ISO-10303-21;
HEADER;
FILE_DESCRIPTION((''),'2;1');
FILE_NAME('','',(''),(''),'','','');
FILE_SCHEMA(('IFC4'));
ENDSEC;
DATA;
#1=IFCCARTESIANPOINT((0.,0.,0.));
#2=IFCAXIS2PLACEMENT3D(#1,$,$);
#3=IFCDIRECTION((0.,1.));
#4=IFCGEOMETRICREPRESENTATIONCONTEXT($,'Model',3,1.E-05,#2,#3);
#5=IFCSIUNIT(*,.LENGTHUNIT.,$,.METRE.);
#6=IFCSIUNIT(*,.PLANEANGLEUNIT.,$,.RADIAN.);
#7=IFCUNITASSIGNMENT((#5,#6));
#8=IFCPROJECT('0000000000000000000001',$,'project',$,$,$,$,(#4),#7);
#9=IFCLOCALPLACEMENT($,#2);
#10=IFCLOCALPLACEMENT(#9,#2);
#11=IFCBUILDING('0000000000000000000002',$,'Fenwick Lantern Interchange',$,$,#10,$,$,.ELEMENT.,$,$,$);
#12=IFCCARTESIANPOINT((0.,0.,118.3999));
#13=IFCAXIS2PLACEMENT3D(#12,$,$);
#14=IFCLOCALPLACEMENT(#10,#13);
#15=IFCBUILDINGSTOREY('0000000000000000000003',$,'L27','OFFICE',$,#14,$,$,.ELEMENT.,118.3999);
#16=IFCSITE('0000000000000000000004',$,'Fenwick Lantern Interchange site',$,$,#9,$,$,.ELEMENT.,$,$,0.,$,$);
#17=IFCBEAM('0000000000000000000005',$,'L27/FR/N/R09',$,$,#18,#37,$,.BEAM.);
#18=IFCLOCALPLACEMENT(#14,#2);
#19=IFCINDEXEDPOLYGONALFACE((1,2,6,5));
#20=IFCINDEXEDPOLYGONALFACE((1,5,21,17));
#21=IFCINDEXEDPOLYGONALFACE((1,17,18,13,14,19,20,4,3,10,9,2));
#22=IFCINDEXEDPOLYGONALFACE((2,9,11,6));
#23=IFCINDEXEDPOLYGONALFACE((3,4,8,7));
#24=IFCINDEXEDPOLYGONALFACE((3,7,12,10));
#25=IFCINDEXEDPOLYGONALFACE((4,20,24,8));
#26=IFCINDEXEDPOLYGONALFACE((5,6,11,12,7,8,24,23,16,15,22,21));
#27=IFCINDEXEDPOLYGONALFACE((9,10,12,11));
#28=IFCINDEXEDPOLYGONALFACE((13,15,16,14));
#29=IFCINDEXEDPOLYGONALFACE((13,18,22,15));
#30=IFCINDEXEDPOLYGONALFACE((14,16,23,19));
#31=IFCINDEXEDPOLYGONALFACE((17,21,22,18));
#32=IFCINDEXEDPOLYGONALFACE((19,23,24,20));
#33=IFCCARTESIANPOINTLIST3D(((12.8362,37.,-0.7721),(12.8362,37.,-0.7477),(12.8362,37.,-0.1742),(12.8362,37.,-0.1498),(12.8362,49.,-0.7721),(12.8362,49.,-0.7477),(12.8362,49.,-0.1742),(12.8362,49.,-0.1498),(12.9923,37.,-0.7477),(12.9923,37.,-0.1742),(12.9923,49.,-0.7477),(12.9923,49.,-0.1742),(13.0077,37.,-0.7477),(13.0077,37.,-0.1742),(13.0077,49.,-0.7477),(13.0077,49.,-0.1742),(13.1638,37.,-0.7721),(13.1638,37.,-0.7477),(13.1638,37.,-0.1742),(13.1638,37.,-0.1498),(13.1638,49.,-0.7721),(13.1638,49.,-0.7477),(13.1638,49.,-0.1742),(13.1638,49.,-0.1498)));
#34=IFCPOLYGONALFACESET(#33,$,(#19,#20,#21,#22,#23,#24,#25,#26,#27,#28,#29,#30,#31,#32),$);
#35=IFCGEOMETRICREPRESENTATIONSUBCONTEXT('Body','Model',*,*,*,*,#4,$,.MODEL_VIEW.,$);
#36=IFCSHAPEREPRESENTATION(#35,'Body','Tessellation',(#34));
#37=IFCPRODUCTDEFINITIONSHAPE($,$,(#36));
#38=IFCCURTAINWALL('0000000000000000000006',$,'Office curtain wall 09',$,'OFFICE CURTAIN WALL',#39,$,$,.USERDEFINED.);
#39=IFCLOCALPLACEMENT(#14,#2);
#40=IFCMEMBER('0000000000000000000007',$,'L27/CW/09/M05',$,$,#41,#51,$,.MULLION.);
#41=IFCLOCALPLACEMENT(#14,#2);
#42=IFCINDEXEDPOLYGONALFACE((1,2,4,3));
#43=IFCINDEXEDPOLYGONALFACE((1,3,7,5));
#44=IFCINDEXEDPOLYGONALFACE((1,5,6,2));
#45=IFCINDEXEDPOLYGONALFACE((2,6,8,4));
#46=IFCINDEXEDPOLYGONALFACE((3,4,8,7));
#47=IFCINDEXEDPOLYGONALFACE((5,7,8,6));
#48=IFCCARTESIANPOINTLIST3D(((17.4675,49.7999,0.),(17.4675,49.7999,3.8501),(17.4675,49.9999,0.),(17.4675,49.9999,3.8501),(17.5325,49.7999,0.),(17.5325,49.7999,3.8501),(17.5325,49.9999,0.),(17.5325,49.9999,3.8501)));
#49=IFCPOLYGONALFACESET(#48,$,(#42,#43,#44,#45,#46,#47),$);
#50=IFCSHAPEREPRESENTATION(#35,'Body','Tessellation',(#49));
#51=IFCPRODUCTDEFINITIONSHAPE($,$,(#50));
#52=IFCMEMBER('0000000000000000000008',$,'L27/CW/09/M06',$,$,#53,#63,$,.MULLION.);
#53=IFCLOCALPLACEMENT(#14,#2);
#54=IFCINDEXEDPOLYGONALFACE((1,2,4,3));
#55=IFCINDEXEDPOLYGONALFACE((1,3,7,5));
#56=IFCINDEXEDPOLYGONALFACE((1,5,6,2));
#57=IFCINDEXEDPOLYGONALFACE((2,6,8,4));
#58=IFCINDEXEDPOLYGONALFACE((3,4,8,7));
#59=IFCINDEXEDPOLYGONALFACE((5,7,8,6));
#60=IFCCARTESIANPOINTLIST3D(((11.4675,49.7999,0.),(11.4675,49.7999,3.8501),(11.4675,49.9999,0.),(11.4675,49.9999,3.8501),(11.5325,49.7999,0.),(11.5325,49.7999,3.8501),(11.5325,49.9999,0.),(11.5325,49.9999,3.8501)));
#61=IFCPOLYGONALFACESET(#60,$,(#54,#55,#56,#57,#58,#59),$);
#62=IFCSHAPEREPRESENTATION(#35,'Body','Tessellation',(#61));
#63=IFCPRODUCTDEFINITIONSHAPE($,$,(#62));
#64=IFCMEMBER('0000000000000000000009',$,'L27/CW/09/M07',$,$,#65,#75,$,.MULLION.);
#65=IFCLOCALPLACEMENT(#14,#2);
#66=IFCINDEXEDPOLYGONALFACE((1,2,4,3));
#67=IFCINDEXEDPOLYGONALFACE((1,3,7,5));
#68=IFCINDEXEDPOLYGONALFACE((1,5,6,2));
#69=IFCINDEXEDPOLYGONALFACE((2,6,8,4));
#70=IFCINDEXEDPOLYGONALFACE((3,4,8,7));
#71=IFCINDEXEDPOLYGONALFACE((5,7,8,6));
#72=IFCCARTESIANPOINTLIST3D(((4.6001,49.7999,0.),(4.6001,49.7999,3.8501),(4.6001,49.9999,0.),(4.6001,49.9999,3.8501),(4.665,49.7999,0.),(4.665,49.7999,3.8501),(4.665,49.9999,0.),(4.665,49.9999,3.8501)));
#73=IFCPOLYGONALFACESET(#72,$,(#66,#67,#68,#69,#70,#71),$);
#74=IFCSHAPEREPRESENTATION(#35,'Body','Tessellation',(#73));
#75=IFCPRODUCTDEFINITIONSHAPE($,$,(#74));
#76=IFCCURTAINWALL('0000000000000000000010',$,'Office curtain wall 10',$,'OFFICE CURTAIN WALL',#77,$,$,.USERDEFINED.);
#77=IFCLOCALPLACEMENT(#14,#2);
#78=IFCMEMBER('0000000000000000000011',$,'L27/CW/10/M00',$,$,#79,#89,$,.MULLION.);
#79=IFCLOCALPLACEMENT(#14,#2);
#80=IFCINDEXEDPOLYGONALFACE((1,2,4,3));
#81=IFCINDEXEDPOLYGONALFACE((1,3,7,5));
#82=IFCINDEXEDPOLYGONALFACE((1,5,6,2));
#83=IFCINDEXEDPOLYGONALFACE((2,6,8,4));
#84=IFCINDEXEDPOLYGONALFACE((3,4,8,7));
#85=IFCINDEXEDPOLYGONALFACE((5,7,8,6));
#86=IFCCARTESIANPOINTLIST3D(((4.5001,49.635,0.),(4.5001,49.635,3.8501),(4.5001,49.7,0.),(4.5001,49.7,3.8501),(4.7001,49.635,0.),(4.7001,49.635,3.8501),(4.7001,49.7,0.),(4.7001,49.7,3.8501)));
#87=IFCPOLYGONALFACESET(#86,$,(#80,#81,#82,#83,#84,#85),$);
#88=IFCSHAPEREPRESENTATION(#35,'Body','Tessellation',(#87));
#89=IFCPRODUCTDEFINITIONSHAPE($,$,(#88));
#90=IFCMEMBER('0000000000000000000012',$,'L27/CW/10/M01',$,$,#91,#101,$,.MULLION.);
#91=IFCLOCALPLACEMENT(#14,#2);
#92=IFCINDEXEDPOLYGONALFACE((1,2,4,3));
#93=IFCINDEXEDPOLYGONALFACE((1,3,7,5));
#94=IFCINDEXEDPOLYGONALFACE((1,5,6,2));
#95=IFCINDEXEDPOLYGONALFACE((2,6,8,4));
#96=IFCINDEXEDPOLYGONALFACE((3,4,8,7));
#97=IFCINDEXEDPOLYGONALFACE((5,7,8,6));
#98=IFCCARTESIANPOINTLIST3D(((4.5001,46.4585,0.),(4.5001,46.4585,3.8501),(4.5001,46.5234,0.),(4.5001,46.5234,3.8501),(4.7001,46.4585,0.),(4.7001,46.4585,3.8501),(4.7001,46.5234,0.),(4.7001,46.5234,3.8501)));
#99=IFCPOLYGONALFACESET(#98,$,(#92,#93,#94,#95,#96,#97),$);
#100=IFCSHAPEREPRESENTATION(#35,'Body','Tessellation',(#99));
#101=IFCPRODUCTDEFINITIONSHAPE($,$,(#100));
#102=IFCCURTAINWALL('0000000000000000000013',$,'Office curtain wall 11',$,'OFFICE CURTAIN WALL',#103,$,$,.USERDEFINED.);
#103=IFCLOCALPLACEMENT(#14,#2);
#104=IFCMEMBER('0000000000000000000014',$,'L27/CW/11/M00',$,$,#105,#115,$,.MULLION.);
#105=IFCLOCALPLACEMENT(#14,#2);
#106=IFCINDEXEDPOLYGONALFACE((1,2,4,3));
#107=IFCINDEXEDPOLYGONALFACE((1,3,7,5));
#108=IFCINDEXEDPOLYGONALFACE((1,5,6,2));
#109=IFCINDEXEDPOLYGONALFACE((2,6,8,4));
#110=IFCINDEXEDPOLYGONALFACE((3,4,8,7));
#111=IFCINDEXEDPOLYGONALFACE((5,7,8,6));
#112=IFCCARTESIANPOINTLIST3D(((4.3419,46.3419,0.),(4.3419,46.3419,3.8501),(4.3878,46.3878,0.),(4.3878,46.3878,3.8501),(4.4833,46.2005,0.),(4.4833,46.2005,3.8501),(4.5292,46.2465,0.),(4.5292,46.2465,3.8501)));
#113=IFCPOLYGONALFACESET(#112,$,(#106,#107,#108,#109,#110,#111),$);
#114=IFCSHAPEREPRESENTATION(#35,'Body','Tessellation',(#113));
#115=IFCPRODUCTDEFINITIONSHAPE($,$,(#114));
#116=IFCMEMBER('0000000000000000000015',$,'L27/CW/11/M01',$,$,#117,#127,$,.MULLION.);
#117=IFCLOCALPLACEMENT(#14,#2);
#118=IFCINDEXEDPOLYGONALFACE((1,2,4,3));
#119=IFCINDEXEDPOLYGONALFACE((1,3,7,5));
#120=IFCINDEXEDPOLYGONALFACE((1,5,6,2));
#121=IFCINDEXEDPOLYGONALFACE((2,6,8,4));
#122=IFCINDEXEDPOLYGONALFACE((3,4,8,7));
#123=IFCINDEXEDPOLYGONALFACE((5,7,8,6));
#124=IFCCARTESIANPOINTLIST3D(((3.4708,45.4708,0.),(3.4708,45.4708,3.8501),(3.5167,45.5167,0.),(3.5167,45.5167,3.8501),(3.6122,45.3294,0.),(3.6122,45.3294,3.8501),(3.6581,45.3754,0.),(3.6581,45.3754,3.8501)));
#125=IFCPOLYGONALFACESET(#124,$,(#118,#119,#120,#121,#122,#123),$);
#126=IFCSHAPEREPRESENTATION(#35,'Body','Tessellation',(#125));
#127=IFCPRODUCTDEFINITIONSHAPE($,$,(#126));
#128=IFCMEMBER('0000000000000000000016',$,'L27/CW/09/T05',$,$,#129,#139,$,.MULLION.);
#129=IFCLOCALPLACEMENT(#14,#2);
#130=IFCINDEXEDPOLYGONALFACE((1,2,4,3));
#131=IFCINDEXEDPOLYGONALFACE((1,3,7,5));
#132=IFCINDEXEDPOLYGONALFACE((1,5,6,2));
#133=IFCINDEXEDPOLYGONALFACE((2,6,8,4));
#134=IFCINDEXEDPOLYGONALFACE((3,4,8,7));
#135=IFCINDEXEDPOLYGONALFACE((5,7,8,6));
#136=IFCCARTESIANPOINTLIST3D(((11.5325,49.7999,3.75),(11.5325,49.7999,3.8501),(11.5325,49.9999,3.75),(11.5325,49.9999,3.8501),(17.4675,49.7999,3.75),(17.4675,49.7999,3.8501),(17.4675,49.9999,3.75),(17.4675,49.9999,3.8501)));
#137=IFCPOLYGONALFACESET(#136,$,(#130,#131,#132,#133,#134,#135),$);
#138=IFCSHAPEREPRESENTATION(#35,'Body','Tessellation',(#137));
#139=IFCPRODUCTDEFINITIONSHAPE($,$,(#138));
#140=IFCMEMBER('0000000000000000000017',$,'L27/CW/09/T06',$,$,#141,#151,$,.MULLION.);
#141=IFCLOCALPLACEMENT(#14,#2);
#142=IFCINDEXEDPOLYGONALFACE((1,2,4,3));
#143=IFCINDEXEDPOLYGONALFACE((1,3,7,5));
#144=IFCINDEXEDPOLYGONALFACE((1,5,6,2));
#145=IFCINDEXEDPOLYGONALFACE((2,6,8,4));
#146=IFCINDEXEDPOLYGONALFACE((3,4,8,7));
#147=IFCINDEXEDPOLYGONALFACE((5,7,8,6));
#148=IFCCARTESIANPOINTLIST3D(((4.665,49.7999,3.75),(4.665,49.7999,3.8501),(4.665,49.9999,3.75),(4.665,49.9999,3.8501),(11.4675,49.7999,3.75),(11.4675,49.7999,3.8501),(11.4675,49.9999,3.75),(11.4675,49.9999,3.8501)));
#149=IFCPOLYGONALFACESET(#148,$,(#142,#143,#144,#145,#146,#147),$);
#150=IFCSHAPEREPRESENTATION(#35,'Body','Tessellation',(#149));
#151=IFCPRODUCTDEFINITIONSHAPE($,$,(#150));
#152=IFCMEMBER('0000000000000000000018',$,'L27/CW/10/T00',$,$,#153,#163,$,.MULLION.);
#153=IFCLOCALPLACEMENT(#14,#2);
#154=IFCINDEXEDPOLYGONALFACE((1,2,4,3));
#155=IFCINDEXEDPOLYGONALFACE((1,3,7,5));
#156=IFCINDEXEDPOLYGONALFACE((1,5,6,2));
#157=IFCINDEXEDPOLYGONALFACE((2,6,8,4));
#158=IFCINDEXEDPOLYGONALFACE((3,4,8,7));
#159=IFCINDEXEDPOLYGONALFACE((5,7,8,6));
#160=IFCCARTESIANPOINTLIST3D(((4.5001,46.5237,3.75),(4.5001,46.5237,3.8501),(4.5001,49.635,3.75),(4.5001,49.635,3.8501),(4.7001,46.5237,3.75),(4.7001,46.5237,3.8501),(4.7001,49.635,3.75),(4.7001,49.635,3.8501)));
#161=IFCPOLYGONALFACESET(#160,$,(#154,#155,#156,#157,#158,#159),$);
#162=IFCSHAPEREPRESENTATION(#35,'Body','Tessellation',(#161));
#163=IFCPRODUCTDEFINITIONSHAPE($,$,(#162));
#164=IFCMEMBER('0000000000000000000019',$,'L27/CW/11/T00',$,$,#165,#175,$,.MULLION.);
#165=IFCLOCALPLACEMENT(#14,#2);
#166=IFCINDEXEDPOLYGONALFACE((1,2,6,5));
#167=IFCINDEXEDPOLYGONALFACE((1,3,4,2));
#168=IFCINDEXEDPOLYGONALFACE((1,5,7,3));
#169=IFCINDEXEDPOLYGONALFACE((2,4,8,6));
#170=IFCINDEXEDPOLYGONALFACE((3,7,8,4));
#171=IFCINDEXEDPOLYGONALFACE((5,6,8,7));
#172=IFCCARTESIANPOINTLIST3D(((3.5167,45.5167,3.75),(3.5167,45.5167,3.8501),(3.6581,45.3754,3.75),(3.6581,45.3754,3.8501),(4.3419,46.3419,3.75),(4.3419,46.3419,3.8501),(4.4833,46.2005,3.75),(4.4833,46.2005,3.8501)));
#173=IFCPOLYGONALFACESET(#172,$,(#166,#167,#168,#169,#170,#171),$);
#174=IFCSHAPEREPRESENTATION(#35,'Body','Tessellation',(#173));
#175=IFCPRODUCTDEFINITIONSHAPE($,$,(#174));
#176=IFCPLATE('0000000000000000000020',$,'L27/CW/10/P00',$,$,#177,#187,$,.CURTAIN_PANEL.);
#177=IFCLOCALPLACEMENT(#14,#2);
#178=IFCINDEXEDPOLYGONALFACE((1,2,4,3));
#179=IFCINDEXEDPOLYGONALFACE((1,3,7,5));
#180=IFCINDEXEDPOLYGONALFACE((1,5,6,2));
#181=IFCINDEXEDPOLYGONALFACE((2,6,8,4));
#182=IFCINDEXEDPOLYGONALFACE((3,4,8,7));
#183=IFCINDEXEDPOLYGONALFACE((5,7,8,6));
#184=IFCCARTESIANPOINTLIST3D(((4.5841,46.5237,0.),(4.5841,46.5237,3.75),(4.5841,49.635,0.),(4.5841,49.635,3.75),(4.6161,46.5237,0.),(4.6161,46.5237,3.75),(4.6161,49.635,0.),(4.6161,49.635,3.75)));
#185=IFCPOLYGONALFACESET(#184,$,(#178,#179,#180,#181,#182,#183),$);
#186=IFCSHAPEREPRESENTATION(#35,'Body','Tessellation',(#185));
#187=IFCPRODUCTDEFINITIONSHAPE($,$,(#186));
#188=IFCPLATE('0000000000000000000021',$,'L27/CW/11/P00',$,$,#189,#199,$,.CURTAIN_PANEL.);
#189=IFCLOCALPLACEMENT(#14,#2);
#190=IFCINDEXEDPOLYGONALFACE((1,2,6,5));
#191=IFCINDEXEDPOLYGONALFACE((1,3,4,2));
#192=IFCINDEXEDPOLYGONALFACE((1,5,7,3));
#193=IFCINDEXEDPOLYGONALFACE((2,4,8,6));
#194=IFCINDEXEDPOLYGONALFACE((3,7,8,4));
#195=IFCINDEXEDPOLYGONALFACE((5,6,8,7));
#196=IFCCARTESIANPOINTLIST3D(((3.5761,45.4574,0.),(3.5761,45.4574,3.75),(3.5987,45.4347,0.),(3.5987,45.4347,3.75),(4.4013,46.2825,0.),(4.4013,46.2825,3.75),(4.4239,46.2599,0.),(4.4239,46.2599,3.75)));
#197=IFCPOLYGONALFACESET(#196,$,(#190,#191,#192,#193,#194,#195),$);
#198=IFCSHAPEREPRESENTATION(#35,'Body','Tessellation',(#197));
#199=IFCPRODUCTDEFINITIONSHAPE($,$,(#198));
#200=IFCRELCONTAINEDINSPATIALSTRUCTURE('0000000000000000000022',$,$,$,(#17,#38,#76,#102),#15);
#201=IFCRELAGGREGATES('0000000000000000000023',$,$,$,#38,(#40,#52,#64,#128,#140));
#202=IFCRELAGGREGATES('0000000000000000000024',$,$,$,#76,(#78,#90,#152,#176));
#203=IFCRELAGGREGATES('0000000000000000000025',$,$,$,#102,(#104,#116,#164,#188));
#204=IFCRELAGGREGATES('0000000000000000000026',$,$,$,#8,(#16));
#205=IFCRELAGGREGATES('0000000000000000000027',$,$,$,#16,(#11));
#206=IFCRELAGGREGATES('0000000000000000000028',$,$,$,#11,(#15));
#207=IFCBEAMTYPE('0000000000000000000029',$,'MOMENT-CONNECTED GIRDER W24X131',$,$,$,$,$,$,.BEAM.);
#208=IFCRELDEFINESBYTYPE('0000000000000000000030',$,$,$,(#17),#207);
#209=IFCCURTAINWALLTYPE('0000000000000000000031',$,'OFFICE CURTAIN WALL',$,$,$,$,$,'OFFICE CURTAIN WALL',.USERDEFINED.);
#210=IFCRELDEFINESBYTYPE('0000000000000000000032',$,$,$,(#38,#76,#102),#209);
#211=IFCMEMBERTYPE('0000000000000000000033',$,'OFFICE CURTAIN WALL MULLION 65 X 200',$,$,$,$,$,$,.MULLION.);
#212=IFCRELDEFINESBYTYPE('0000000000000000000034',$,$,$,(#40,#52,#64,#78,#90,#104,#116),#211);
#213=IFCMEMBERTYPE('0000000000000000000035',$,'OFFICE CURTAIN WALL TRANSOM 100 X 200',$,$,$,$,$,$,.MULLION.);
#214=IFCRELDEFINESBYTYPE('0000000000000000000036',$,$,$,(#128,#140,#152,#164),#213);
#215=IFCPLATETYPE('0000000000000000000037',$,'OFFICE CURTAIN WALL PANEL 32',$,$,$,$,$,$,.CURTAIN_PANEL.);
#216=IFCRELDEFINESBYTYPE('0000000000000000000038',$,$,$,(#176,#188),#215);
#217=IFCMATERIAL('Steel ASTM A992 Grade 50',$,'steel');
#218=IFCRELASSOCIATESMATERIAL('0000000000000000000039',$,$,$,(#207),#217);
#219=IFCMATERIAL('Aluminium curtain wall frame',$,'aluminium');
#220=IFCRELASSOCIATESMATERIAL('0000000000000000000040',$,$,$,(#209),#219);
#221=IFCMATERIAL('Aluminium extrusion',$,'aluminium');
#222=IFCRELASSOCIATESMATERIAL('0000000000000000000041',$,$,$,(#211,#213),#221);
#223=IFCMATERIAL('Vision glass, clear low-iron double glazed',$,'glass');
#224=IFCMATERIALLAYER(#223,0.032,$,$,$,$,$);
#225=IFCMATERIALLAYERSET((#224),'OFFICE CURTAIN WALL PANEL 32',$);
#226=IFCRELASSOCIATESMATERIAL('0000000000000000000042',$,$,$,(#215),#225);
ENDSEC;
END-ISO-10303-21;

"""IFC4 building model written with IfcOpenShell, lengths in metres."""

from ifc_helpers import new_model, si_unit, direction, frame, origin, origin_2d, place, context, subcontext, project, spatial, rectangle, i_section, extrude, material, layer, layer_set, material_profile, profile_set, type_object, element, aggregate, save


model = new_model("IFC4")

# Units and contexts
model_context = context("Model", 3, precision=1e-05, world=origin(), true_north=direction((0.0, 1.0)))
body_context = subcontext(model_context, "Body", "Model", "MODEL_VIEW")
ifc_project = project(units=[si_unit("LENGTHUNIT", "METRE"), si_unit("PLANEANGLEUNIT", "RADIAN")], contexts=[model_context])

# Site, building, storey
site_placement = place(None, origin())
site = spatial("IfcSite", under=ifc_project, at=site_placement, Name="Fenwick Lantern Interchange site", CompositionType="ELEMENT", RefElevation=0.0)
building_placement = place(site_placement, origin())
building = spatial("IfcBuilding", under=site, at=building_placement, Name="Fenwick Lantern Interchange", CompositionType="ELEMENT")
storey_placement = place(building_placement, frame((0.0, 0.0, 118.3999)))
storey = spatial("IfcBuildingStorey", under=building, at=storey_placement, Name="L27", Description="OFFICE", CompositionType="ELEMENT", Elevation=118.3999)

# Shared definitions
ifc_material_1 = material(Name="Steel ASTM A992 Grade 50", Category="steel")

# Beam
ifc_material_profile_1 = material_profile(ifc_material_1, i_section(OverallWidth=0.3276, OverallDepth=0.6223, WebThickness=0.0154, FlangeThickness=0.0244, at=origin_2d()), Name="W24X131")
ifc_profile_set_1 = profile_set([ifc_material_profile_1], Name="Steel ASTM A992 Grade 50")
beam_type_1 = type_object("IfcBeamType", Name="MOMENT-CONNECTED GIRDER W24X131", PredefinedType="BEAM", material=ifc_profile_set_1)
beam_1_placement = place(storey_placement, frame((13.0, 49.0, -0.4609), z_axis=(0.0, -1.0, 0.0), x_axis=(1.0, 0.0, 0.0)))
element("IfcBeam", 1, at=beam_1_placement, inside=storey, type_object=beam_type_1, Name="L27/FR/N/R09", PredefinedType="BEAM", context=body_context, shape_type="SweptSolid", body=[
    extrude(i_section(OverallWidth=0.3276, OverallDepth=0.6223, WebThickness=0.0154, FlangeThickness=0.0244, at=origin_2d()), origin(), (0.0, 0.0, 1.0), 12.0),
])

# Curtain walls, members
ifc_material_2 = material(Name="Aluminium curtain wall frame", Category="aluminium")
curtain_wall_type = type_object("IfcCurtainWallType", Name="OFFICE CURTAIN WALL", ElementType="OFFICE CURTAIN WALL", PredefinedType="USERDEFINED", material=ifc_material_2)
curtain_wall_1_placement = place(storey_placement, origin())
curtain_wall_1 = element("IfcCurtainWall", 2, at=curtain_wall_1_placement, inside=storey, type_object=curtain_wall_type, Name="Office curtain wall 09", ObjectType="OFFICE CURTAIN WALL", PredefinedType="USERDEFINED")
ifc_material_3 = material(Name="Aluminium extrusion", Category="aluminium")
ifc_material_profile_2 = material_profile(ifc_material_3, rectangle(XDim=0.2, YDim=0.0649, at=origin_2d()), Name="OFFICE CURTAIN WALL MULLION 65 X 200")
ifc_profile_set_2 = profile_set([ifc_material_profile_2], Name="Aluminium extrusion")
member_type_1 = type_object("IfcMemberType", Name="OFFICE CURTAIN WALL MULLION 65 X 200", PredefinedType="MULLION", material=ifc_profile_set_2)
member_1_placement = place(storey_placement, frame((17.5, 49.8999, 0.0), z_axis=(0.0, 0.0, 1.0), x_axis=(0.0, -1.0, 0.0)))
member_1 = element("IfcMember", 3, at=member_1_placement, type_object=member_type_1, Name="L27/CW/09/M05", PredefinedType="MULLION", context=body_context, shape_type="SweptSolid", body=[
    extrude(rectangle(XDim=0.2, YDim=0.0649, at=origin_2d()), origin(), (0.0, 0.0, 1.0), 3.8501),
])
member_2_placement = place(storey_placement, frame((11.5, 49.8999, 0.0), z_axis=(0.0, 0.0, 1.0), x_axis=(0.0, -1.0, 0.0)))
member_2 = element("IfcMember", 4, at=member_2_placement, type_object=member_type_1, Name="L27/CW/09/M06", PredefinedType="MULLION", context=body_context, shape_type="SweptSolid", body=[
    extrude(rectangle(XDim=0.2, YDim=0.0649, at=origin_2d()), origin(), (0.0, 0.0, 1.0), 3.8501),
])
member_3_placement = place(storey_placement, frame((4.6326, 49.8999, 0.0), z_axis=(0.0, 0.0, 1.0), x_axis=(0.0, -1.0, 0.0)))
member_3 = element("IfcMember", 5, at=member_3_placement, type_object=member_type_1, Name="L27/CW/09/M07", PredefinedType="MULLION", context=body_context, shape_type="SweptSolid", body=[
    extrude(rectangle(XDim=0.2, YDim=0.0649, at=origin_2d()), origin(), (0.0, 0.0, 1.0), 3.8501),
])
curtain_wall_2_placement = place(storey_placement, origin())
curtain_wall_2 = element("IfcCurtainWall", 6, at=curtain_wall_2_placement, inside=storey, type_object=curtain_wall_type, Name="Office curtain wall 10", ObjectType="OFFICE CURTAIN WALL", PredefinedType="USERDEFINED")
member_4_placement = place(storey_placement, frame((4.6001, 49.6675, 0.0), z_axis=(0.0, 0.0, 1.0), x_axis=(1.0, 0.0, 0.0)))
member_4 = element("IfcMember", 7, at=member_4_placement, type_object=member_type_1, Name="L27/CW/10/M00", PredefinedType="MULLION", context=body_context, shape_type="SweptSolid", body=[
    extrude(rectangle(XDim=0.2, YDim=0.0649, at=origin_2d()), origin(), (0.0, 0.0, 1.0), 3.8501),
])
member_5_placement = place(storey_placement, frame((4.6001, 46.491, 0.0), z_axis=(0.0, 0.0, 1.0), x_axis=(1.0, 0.0, 0.0)))
member_5 = element("IfcMember", 8, at=member_5_placement, type_object=member_type_1, Name="L27/CW/10/M01", PredefinedType="MULLION", context=body_context, shape_type="SweptSolid", body=[
    extrude(rectangle(XDim=0.2, YDim=0.0649, at=origin_2d()), origin(), (0.0, 0.0, 1.0), 3.8501),
])
curtain_wall_3_placement = place(storey_placement, origin())
curtain_wall_3 = element("IfcCurtainWall", 9, at=curtain_wall_3_placement, inside=storey, type_object=curtain_wall_type, Name="Office curtain wall 11", ObjectType="OFFICE CURTAIN WALL", PredefinedType="USERDEFINED")
member_6_placement = place(storey_placement, frame((4.4355, 46.2942, 0.0), z_axis=(0.0, 0.0, 1.0), x_axis=(0.707107, -0.707107, 0.0)))
member_6 = element("IfcMember", 10, at=member_6_placement, type_object=member_type_1, Name="L27/CW/11/M00", PredefinedType="MULLION", context=body_context, shape_type="SweptSolid", body=[
    extrude(rectangle(XDim=0.2, YDim=0.0649, at=origin_2d()), origin(), (0.0, 0.0, 1.0), 3.8501),
])
member_7_placement = place(storey_placement, frame((3.5645, 45.4231, 0.0), z_axis=(0.0, 0.0, 1.0), x_axis=(0.707107, -0.707107, 0.0)))
member_7 = element("IfcMember", 11, at=member_7_placement, type_object=member_type_1, Name="L27/CW/11/M01", PredefinedType="MULLION", context=body_context, shape_type="SweptSolid", body=[
    extrude(rectangle(XDim=0.2, YDim=0.0649, at=origin_2d()), origin(), (0.0, 0.0, 1.0), 3.8501),
])

# Members
ifc_material_profile_3 = material_profile(ifc_material_3, rectangle(XDim=0.2, YDim=0.1001, at=origin_2d()), Name="OFFICE CURTAIN WALL TRANSOM 100 X 200")
ifc_profile_set_3 = profile_set([ifc_material_profile_3], Name="Aluminium extrusion")
member_type_2 = type_object("IfcMemberType", Name="OFFICE CURTAIN WALL TRANSOM 100 X 200", PredefinedType="MULLION", material=ifc_profile_set_3)
member_8_placement = place(storey_placement, frame((17.4675, 49.8999, 3.8), z_axis=(-1.0, 0.0, 0.0), x_axis=(0.0, -1.0, 0.0)))
member_8 = element("IfcMember", 12, at=member_8_placement, type_object=member_type_2, Name="L27/CW/09/T05", PredefinedType="MULLION", context=body_context, shape_type="SweptSolid", body=[
    extrude(rectangle(XDim=0.2, YDim=0.1001, at=origin_2d()), origin(), (0.0, 0.0, 1.0), 5.9351),
])
member_9_placement = place(storey_placement, frame((11.4675, 49.8999, 3.8), z_axis=(-1.0, 0.0, 0.0), x_axis=(0.0, -1.0, 0.0)))
member_9 = element("IfcMember", 13, at=member_9_placement, type_object=member_type_2, Name="L27/CW/09/T06", PredefinedType="MULLION", context=body_context, shape_type="SweptSolid", body=[
    extrude(rectangle(XDim=0.2, YDim=0.1001, at=origin_2d()), origin(), (0.0, 0.0, 1.0), 6.8025),
])
aggregate(curtain_wall_1, [member_1, member_2, member_3, member_8, member_9])
member_10_placement = place(storey_placement, frame((4.6001, 49.635, 3.8), z_axis=(0.0, -1.0, 0.0), x_axis=(1.0, 0.0, 0.0)))
member_10 = element("IfcMember", 14, at=member_10_placement, type_object=member_type_2, Name="L27/CW/10/T00", PredefinedType="MULLION", context=body_context, shape_type="SweptSolid", body=[
    extrude(rectangle(XDim=0.2, YDim=0.1001, at=origin_2d()), origin(), (0.0, 0.0, 1.0), 3.1113),
])
member_11_placement = place(storey_placement, frame((4.4126, 46.2712, 3.8), z_axis=(-0.707107, -0.707107, 0.0), x_axis=(0.707107, -0.707107, 0.0)))
member_11 = element("IfcMember", 15, at=member_11_placement, type_object=member_type_2, Name="L27/CW/11/T00", PredefinedType="MULLION", context=body_context, shape_type="SweptSolid", body=[
    extrude(rectangle(XDim=0.2, YDim=0.1001, at=origin_2d()), origin(), (0.0, 0.0, 1.0), 1.167),
])

# Plates
ifc_material_4 = material(Name="Vision glass, clear low-iron double glazed", Category="glass")
ifc_layer_1 = layer(ifc_material_4, 0.032)
ifc_layer_set_1 = layer_set([ifc_layer_1], Name="OFFICE CURTAIN WALL PANEL 32")
plate_type = type_object("IfcPlateType", Name="OFFICE CURTAIN WALL PANEL 32", PredefinedType="CURTAIN_PANEL", material=ifc_layer_set_1)
plate_1_placement = place(storey_placement, frame((4.6001, 48.0793, 0.0), z_axis=(0.0, 0.0, 1.0), x_axis=(0.0, -1.0, 0.0)))
plate_1 = element("IfcPlate", 16, at=plate_1_placement, type_object=plate_type, Name="L27/CW/10/P00", PredefinedType="CURTAIN_PANEL", context=body_context, shape_type="SweptSolid", body=[
    extrude(rectangle(XDim=3.1113, YDim=0.032, at=origin_2d()), origin(), (0.0, 0.0, 1.0), 3.75),
])
aggregate(curtain_wall_2, [member_4, member_5, member_10, plate_1])
plate_2_placement = place(storey_placement, frame((4.0, 45.8586, 0.0), z_axis=(0.0, 0.0, 1.0), x_axis=(-0.707107, -0.707107, 0.0)))
plate_2 = element("IfcPlate", 17, at=plate_2_placement, type_object=plate_type, Name="L27/CW/11/P00", PredefinedType="CURTAIN_PANEL", context=body_context, shape_type="SweptSolid", body=[
    extrude(rectangle(XDim=1.167, YDim=0.032, at=origin_2d()), origin(), (0.0, 0.0, 1.0), 3.75),
])
aggregate(curtain_wall_3, [member_6, member_7, member_11, plate_2])

save(model, "model.ifc")
